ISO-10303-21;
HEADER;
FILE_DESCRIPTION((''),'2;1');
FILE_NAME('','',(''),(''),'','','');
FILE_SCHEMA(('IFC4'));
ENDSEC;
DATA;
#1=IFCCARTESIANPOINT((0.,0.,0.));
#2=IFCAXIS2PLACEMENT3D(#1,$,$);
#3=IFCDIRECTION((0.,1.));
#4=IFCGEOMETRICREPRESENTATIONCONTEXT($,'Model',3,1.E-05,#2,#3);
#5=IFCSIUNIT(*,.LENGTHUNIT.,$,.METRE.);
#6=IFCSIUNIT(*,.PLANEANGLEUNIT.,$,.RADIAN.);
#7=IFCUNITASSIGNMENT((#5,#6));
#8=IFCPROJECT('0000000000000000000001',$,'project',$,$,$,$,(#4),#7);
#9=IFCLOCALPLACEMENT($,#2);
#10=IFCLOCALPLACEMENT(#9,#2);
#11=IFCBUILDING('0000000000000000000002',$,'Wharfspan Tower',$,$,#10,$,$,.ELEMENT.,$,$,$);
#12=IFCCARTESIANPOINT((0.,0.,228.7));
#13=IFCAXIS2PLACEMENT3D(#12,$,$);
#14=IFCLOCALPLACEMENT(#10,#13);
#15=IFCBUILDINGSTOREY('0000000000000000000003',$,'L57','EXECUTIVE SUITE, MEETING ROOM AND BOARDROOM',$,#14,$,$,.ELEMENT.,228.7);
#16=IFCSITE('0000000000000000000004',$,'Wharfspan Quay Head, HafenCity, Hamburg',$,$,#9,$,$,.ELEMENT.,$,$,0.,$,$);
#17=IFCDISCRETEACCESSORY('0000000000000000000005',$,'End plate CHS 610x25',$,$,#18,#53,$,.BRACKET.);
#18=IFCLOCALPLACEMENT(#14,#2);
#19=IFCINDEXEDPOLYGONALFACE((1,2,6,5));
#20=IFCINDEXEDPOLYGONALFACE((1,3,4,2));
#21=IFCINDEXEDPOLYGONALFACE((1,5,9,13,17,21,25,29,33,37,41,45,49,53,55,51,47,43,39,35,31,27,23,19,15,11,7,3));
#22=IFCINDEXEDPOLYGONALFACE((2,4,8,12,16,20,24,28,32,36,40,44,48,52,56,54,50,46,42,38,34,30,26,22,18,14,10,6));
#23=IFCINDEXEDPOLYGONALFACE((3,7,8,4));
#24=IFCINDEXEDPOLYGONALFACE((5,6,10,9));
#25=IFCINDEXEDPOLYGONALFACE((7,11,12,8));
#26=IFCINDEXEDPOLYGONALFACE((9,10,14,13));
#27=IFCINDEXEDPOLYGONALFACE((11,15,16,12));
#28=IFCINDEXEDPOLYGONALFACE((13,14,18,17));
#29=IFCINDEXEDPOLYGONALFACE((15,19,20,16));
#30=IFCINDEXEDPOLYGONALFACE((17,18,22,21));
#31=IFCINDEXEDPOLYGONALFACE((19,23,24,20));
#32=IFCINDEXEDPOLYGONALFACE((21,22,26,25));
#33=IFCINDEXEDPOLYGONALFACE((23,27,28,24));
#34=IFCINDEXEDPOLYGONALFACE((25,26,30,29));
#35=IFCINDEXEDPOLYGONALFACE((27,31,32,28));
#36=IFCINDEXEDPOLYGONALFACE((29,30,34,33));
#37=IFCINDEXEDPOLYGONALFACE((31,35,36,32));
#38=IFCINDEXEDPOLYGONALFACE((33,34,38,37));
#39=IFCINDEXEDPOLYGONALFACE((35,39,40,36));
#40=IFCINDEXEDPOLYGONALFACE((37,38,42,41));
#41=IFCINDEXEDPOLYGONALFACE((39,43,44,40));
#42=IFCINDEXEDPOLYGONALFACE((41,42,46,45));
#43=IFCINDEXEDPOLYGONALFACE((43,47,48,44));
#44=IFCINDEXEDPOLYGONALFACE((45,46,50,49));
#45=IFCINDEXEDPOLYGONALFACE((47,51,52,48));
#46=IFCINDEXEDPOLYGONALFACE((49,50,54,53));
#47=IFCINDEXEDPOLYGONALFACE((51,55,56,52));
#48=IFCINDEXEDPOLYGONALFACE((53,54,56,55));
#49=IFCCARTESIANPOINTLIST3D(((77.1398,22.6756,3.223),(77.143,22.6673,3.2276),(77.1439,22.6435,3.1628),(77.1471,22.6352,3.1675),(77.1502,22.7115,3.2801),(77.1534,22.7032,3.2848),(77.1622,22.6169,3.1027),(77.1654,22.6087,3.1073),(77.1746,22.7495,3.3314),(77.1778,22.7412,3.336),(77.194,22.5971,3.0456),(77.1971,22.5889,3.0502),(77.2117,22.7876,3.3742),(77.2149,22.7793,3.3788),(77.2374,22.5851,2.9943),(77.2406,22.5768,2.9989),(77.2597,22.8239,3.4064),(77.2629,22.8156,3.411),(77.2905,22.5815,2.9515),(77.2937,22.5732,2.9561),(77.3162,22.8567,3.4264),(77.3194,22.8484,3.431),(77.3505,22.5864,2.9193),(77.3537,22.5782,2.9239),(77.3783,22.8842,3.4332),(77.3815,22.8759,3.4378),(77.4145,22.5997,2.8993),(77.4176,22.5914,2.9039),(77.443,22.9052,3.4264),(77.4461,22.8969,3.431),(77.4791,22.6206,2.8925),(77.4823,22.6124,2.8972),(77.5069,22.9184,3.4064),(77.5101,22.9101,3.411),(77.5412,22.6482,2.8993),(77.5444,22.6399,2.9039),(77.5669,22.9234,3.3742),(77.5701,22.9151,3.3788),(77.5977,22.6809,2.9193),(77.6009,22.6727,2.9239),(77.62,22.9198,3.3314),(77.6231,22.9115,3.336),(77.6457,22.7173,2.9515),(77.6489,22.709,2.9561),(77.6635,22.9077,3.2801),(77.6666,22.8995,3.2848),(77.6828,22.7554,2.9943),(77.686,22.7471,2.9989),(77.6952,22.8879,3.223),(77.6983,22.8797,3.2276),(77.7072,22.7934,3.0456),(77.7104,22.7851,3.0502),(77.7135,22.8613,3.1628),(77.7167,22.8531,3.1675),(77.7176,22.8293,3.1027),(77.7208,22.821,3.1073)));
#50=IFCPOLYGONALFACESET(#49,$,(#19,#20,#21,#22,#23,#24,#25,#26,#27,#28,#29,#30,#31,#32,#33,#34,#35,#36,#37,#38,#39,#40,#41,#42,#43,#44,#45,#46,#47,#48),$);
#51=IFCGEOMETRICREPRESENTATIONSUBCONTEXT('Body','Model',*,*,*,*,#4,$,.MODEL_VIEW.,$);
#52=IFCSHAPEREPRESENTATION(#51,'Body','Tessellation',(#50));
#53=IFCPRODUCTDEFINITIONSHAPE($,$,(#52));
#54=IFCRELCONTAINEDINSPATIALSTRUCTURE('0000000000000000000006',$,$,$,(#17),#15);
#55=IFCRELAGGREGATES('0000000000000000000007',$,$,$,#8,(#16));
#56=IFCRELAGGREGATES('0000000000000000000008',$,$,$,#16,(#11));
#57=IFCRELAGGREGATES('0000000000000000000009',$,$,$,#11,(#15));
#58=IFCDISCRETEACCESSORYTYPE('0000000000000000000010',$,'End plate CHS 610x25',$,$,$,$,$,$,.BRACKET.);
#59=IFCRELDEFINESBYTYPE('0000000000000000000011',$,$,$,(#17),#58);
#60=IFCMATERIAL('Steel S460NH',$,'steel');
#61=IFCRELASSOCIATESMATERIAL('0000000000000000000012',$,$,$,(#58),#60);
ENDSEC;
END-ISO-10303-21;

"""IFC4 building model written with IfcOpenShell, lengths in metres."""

from ifc_helpers import new_model, si_unit, direction, frame, origin, origin_2d, place, context, subcontext, project, spatial, circle, extrude, material, material_profile, profile_set, type_object, element, save


model = new_model("IFC4")

# Units and contexts
model_context = context("Model", 3, precision=1e-05, world=origin(), true_north=direction((0.0, 1.0)))
body_context = subcontext(model_context, "Body", "Model", "MODEL_VIEW")
ifc_project = project(units=[si_unit("LENGTHUNIT", "METRE"), si_unit("PLANEANGLEUNIT", "RADIAN")], contexts=[model_context])

# Site, building, storey
site_placement = place(None, origin())
site = spatial("IfcSite", under=ifc_project, at=site_placement, Name="Wharfspan Quay Head, HafenCity, Hamburg", CompositionType="ELEMENT", RefElevation=0.0)
building_placement = place(site_placement, origin())
building = spatial("IfcBuilding", under=site, at=building_placement, Name="Wharfspan Tower", CompositionType="ELEMENT")
storey_placement = place(building_placement, frame((0.0, 0.0, 228.7)))
storey = spatial("IfcBuildingStorey", under=building, at=storey_placement, Name="L57", Description="EXECUTIVE SUITE, MEETING ROOM AND BOARDROOM", CompositionType="ELEMENT", Elevation=228.7)

# Shared definitions
ifc_material_1 = material(Name="Steel S460NH", Category="steel")

# Discrete accessory
ifc_material_profile_1 = material_profile(ifc_material_1, circle(Radius=0.3049, at=origin_2d()))
ifc_profile_set_1 = profile_set([ifc_material_profile_1], Name="Steel S460NH")
discrete_accessory_type = type_object("IfcDiscreteAccessoryType", Name="End plate CHS 610x25", PredefinedType="BRACKET", material=ifc_profile_set_1)
for number, where, z_axis, x_axis, name in (
    (1, (77.4287, 22.7524, 3.1628), (0.316603, -0.828038, 0.462727), (0.934054, 0.357138, -0.000001), "End plate CHS 610x25"),
):
    element("IfcDiscreteAccessory", number, at=place(storey_placement, frame(where, z_axis=z_axis, x_axis=x_axis)), inside=storey, type_object=discrete_accessory_type, Name=name, PredefinedType="BRACKET", context=body_context, shape_type="SweptSolid", body=[
        extrude(circle(Radius=0.3049, at=origin_2d()), origin(), (0.0, 0.0, 1.0), 0.01),
    ])

save(model, "model.ifc")
